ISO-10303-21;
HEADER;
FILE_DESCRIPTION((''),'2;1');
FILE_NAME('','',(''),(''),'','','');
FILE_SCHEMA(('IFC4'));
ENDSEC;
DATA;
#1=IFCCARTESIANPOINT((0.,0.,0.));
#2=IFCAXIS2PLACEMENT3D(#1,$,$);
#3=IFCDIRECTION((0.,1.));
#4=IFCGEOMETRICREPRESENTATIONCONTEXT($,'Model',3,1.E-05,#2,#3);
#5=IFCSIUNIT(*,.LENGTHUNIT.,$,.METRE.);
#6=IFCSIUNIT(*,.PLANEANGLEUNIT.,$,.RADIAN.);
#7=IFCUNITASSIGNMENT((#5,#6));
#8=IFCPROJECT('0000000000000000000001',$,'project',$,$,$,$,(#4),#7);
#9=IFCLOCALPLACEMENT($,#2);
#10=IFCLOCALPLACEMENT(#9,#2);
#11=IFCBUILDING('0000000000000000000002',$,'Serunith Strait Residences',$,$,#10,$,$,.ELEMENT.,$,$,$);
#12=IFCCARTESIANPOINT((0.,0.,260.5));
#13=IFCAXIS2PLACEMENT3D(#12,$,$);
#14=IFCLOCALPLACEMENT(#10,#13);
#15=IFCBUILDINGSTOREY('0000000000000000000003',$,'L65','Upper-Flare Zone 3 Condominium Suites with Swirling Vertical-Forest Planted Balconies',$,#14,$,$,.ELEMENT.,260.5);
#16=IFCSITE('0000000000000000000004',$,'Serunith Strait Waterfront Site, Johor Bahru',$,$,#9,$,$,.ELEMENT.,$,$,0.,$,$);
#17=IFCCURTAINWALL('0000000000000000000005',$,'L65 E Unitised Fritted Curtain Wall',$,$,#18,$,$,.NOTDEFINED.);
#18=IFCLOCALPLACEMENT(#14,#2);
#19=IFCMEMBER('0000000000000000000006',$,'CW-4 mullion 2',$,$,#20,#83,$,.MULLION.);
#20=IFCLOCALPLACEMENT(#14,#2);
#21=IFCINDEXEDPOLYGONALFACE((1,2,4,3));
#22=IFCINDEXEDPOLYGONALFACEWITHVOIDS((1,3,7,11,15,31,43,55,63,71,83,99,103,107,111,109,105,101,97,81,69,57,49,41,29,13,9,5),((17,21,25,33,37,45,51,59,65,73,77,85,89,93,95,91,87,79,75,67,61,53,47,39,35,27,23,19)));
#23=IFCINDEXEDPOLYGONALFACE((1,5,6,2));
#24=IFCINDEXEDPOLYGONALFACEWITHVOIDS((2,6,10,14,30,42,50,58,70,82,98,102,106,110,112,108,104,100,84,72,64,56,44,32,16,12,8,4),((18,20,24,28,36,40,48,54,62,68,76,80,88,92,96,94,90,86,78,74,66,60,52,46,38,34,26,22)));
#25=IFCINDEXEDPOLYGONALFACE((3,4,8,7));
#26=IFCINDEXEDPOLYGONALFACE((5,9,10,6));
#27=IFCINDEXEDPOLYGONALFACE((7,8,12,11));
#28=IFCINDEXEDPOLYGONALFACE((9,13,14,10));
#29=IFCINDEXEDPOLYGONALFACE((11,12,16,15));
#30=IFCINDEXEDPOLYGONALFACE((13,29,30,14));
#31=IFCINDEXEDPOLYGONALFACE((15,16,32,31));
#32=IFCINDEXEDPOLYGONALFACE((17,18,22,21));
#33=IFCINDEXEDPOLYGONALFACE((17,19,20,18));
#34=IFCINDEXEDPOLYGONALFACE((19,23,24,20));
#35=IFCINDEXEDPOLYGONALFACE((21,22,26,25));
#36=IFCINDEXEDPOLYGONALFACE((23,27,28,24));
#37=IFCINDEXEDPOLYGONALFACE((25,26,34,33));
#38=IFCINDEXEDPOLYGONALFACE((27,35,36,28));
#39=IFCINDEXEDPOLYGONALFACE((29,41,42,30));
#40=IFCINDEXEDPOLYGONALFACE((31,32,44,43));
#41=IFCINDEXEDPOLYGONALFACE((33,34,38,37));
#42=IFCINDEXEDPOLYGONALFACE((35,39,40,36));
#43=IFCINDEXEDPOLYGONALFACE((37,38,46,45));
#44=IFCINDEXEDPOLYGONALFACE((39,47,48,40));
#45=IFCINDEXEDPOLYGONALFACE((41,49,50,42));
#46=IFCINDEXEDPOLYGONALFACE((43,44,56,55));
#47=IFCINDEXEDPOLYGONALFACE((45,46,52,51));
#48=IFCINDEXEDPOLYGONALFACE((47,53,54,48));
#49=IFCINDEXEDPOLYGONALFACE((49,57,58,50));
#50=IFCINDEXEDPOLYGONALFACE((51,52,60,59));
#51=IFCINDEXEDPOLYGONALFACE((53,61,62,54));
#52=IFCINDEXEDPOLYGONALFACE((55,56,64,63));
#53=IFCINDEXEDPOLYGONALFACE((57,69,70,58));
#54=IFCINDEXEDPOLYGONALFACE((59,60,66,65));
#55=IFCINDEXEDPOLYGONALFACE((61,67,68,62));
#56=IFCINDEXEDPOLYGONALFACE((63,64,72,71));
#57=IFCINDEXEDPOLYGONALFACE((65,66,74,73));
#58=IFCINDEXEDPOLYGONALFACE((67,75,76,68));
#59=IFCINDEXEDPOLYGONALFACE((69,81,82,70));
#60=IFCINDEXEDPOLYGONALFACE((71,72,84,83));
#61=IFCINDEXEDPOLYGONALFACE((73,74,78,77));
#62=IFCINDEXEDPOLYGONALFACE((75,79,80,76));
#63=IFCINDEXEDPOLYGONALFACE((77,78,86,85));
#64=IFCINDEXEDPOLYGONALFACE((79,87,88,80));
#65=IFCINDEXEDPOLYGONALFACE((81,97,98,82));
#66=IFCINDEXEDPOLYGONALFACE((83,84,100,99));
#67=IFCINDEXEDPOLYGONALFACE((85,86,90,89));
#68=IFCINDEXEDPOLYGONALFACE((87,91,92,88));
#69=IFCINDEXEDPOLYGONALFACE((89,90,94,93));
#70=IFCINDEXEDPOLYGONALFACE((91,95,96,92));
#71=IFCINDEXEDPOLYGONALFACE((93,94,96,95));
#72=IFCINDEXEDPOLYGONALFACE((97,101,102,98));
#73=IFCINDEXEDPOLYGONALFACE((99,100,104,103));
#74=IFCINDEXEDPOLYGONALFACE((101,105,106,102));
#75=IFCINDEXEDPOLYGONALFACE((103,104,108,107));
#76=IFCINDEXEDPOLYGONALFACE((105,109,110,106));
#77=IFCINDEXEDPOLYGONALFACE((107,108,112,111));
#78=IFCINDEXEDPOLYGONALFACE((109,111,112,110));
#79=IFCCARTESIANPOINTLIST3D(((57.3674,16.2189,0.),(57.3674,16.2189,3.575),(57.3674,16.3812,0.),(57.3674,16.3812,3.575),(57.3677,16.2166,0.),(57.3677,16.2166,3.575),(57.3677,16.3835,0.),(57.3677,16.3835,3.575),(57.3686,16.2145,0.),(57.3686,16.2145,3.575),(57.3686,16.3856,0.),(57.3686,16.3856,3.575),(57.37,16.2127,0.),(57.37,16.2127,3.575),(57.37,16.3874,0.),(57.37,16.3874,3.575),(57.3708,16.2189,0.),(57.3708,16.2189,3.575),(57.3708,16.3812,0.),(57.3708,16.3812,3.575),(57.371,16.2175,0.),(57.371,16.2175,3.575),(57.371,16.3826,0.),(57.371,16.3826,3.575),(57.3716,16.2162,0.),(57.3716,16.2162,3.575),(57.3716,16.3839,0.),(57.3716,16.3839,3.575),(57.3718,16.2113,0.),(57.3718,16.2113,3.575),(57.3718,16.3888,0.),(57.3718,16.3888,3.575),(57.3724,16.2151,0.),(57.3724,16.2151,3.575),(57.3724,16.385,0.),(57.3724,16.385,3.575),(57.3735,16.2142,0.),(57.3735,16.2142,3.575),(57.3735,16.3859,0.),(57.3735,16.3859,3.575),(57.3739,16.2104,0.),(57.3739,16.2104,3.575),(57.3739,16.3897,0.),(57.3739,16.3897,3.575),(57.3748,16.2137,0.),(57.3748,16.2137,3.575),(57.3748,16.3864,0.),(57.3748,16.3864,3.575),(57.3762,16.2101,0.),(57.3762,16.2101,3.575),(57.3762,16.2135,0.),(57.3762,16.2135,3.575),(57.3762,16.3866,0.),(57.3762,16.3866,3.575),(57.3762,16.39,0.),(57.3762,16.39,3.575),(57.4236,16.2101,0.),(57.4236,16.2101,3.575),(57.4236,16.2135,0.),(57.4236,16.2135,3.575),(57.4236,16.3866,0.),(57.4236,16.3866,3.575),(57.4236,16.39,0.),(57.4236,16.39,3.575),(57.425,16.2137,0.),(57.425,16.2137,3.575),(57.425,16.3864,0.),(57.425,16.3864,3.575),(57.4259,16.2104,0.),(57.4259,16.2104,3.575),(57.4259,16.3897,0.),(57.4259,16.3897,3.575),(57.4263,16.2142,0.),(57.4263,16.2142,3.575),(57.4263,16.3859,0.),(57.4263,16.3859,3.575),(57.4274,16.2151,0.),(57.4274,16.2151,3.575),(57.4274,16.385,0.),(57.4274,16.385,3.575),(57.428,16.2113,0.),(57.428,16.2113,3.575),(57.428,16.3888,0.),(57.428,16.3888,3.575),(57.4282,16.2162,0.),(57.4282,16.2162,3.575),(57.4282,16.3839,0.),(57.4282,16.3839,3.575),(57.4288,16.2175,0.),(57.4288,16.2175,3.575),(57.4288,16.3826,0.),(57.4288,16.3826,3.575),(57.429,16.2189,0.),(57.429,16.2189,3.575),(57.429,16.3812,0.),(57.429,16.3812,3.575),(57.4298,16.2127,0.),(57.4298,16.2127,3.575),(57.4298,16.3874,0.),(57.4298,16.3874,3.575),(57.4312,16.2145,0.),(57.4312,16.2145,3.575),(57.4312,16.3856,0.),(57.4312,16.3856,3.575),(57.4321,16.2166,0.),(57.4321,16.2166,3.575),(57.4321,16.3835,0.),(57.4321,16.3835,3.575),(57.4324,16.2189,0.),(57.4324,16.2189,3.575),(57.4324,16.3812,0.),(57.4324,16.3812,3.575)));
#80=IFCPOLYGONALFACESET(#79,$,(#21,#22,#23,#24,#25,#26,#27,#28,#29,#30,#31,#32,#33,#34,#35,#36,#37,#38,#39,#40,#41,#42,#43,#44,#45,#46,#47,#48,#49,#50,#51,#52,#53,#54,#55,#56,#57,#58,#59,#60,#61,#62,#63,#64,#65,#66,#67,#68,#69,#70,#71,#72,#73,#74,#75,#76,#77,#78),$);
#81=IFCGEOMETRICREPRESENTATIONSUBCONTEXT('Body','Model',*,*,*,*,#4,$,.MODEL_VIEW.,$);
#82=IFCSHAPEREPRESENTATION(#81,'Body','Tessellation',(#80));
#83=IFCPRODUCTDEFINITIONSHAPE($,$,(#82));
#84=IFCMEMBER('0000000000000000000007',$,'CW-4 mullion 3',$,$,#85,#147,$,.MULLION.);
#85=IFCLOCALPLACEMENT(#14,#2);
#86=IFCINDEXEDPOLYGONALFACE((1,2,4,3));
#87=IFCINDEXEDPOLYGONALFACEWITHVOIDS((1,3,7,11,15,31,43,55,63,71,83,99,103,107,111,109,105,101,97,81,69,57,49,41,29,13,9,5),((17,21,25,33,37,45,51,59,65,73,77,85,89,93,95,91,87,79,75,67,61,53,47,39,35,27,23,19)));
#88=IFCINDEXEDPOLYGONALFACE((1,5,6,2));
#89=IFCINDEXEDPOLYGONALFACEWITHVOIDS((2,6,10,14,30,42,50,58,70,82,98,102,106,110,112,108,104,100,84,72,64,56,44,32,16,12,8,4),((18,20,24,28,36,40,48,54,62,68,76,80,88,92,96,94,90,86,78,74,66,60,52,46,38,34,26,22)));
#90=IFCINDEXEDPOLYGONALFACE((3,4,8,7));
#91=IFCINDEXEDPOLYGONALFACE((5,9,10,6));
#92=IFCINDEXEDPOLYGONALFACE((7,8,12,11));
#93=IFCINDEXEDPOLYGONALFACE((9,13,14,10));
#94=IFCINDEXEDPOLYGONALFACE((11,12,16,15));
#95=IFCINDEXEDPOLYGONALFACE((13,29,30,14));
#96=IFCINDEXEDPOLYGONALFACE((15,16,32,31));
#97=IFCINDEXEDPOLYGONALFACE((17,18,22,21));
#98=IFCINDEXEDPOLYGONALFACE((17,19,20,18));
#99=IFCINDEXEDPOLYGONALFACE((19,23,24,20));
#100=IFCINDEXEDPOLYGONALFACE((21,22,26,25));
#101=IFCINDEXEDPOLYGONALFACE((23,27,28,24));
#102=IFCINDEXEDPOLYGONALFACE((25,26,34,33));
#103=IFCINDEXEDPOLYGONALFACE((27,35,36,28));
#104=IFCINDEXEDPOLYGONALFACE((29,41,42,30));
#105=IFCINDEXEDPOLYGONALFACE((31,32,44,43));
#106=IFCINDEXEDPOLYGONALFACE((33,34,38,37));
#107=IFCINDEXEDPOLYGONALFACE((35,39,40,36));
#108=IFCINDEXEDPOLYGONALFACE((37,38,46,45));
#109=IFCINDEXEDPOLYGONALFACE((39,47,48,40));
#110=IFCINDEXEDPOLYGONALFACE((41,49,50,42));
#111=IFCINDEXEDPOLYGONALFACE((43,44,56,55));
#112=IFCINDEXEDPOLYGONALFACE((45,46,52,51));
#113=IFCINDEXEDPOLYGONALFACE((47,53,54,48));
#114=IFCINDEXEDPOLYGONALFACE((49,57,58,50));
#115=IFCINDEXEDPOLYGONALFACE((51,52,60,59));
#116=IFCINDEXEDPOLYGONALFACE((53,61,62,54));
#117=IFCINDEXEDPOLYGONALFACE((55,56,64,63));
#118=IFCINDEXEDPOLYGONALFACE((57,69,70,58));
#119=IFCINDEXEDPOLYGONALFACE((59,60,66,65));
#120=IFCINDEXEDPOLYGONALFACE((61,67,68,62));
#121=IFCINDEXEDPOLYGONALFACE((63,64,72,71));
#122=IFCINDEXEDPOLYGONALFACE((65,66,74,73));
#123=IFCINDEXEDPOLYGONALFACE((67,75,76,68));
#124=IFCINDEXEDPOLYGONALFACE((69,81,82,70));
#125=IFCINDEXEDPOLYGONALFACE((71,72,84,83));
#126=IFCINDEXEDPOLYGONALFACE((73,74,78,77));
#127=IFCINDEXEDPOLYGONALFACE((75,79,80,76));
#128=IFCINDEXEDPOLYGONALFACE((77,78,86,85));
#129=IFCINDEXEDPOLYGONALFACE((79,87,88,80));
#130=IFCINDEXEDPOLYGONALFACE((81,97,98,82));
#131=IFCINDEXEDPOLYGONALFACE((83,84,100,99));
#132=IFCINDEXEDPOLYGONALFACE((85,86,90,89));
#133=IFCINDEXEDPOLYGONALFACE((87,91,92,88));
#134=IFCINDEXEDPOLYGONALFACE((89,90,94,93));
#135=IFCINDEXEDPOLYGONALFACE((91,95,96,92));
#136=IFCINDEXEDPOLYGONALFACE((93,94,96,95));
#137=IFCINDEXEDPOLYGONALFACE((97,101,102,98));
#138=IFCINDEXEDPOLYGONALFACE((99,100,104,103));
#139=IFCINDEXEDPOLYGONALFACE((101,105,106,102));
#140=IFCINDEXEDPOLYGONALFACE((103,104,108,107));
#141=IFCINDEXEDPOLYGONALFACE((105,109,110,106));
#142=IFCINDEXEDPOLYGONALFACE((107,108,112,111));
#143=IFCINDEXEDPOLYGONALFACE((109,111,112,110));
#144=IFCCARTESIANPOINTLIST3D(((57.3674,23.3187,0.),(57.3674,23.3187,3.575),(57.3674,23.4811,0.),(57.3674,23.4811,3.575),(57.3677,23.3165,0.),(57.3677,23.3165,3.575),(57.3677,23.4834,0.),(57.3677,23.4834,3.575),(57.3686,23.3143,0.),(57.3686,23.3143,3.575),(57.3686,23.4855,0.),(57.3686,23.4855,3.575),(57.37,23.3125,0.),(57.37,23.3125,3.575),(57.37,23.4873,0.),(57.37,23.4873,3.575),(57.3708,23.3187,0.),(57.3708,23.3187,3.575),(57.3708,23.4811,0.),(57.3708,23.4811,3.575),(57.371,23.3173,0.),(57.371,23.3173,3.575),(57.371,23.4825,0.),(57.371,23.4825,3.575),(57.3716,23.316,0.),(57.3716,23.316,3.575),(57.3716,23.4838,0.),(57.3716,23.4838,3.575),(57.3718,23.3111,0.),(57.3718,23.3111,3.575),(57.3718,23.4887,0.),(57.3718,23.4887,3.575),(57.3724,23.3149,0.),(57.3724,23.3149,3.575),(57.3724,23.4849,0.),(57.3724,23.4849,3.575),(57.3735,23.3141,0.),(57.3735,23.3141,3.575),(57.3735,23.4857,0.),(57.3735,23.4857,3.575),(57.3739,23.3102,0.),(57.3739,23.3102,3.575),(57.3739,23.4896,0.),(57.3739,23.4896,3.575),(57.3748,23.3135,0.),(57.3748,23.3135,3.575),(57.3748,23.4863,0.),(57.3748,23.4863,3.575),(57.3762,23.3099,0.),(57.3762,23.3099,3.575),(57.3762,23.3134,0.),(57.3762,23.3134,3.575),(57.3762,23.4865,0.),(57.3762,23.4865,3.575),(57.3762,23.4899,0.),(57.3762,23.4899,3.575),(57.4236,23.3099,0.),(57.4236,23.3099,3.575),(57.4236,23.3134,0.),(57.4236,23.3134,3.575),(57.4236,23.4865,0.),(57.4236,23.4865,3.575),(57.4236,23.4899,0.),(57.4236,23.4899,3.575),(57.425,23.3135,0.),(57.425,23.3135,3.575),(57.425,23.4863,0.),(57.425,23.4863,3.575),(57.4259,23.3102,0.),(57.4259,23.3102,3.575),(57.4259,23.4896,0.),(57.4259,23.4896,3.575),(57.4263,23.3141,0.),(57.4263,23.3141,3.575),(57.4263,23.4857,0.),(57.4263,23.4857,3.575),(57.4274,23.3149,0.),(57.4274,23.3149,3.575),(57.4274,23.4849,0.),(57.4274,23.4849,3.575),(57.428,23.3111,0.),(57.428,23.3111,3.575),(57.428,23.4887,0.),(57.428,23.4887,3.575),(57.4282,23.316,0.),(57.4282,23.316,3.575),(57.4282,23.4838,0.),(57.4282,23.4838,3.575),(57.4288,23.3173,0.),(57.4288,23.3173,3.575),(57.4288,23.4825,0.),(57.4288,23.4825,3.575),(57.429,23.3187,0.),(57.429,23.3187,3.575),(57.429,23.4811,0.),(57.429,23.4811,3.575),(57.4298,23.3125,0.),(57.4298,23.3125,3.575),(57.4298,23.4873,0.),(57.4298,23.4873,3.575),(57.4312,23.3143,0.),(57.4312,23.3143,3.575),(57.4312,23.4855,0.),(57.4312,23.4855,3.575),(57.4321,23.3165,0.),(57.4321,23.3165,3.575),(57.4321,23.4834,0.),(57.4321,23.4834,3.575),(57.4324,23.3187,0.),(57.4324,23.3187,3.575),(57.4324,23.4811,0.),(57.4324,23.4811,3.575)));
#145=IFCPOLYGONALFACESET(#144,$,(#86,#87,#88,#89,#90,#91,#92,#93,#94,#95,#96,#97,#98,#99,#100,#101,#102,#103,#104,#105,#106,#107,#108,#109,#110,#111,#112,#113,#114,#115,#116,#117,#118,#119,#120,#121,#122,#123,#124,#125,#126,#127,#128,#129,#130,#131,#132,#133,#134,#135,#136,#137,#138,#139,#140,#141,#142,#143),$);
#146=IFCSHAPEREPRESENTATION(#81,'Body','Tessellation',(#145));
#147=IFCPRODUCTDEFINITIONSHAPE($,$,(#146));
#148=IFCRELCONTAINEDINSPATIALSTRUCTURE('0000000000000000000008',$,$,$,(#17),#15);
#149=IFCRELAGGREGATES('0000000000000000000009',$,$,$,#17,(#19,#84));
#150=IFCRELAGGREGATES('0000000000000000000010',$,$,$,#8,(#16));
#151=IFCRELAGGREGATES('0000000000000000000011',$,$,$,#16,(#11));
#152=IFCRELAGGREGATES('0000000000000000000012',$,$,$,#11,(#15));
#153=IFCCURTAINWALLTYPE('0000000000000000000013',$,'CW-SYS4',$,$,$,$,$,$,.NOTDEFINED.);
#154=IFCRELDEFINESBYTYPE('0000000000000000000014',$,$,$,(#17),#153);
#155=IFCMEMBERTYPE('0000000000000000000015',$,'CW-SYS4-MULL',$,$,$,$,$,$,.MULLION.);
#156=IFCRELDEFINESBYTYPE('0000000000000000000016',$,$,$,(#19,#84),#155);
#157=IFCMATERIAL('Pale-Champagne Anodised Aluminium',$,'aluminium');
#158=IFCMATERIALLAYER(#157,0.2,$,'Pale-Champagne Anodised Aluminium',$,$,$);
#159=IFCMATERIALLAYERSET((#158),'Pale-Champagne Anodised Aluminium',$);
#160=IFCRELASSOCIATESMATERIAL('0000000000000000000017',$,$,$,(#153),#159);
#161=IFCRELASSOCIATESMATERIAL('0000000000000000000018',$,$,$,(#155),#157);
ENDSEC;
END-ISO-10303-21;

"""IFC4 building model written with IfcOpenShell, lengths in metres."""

from ifc_helpers import new_model, si_unit, direction, frame, origin, origin_2d, place, context, subcontext, project, spatial, hollow_rectangle, extrude, source, transform, mapped, material, layer, layer_set, material_profile, profile_set, type_object, element, aggregate, save


model = new_model("IFC4")

# Units and contexts
model_context = context("Model", 3, precision=1e-05, world=origin(), true_north=direction((0.0, 1.0)))
body_context = subcontext(model_context, "Body", "Model", "MODEL_VIEW")
ifc_project = project(units=[si_unit("LENGTHUNIT", "METRE"), si_unit("PLANEANGLEUNIT", "RADIAN")], contexts=[model_context])

# Site, building, storey
site_placement = place(None, origin())
site = spatial("IfcSite", under=ifc_project, at=site_placement, Name="Serunith Strait Waterfront Site, Johor Bahru", CompositionType="ELEMENT", RefElevation=0.0)
building_placement = place(site_placement, origin())
building = spatial("IfcBuilding", under=site, at=building_placement, Name="Serunith Strait Residences", CompositionType="ELEMENT")
storey_placement = place(building_placement, frame((0.0, 0.0, 260.5)))
storey = spatial("IfcBuildingStorey", under=building, at=storey_placement, Name="L65", Description="Upper-Flare Zone 3 Condominium Suites with Swirling Vertical-Forest Planted Balconies", CompositionType="ELEMENT", Elevation=260.5)

# Curtain wall, members
ifc_material_1 = material(Name="Pale-Champagne Anodised Aluminium", Category="aluminium")
ifc_layer_1 = layer(ifc_material_1, 0.2, Name="Pale-Champagne Anodised Aluminium")
ifc_layer_set_1 = layer_set([ifc_layer_1], Name="Pale-Champagne Anodised Aluminium")
curtain_wall_type = type_object("IfcCurtainWallType", Name="CW-SYS4", PredefinedType="NOTDEFINED", material=ifc_layer_set_1)
curtain_wall_placement = place(storey_placement, origin())
curtain_wall = element("IfcCurtainWall", 1, at=curtain_wall_placement, inside=storey, type_object=curtain_wall_type, Name="L65 E Unitised Fritted Curtain Wall", PredefinedType="NOTDEFINED")
ifc_material_profile_1 = material_profile(ifc_material_1, hollow_rectangle(XDim=0.0649, YDim=0.1799, WallThickness=0.0034, InnerFilletRadius=0.0054, OuterFilletRadius=0.0088, at=origin_2d()), Name="ALU 180x65x3.5")
ifc_profile_set_1 = profile_set([ifc_material_profile_1], Name="Pale-Champagne Anodised Aluminium")
member_type_1 = type_object("IfcMemberType", Name="CW-SYS4-MULL", PredefinedType="MULLION", material=ifc_profile_set_1)
shared_shape_1 = source(origin(), body_context, "Body", "SweptSolid", [
    extrude(hollow_rectangle(XDim=0.0649, YDim=0.1799, WallThickness=0.0034, InnerFilletRadius=0.0054, OuterFilletRadius=0.0088, at=origin_2d()), origin(), (0.0, 0.0, 1.0), 3.575),
])
member_1_placement = place(storey_placement, frame((57.3999, 16.3, 0.0), z_axis=(0.0, 0.0, 1.0), x_axis=(-1.0, 0.0, 0.0)))
member_1 = element("IfcMember", 2, at=member_1_placement, type_object=member_type_1, Name="CW-4 mullion 2", PredefinedType="MULLION", context=body_context, shape_type="MappedRepresentation", body=[
    mapped(shared_shape_1, transform((0.0, 0.0, 0.0), scale=1.0)),
])
member_2_placement = place(storey_placement, frame((57.3999, 23.3999, 0.0), z_axis=(0.0, 0.0, 1.0), x_axis=(-1.0, 0.0, 0.0)))
member_2 = element("IfcMember", 3, at=member_2_placement, type_object=member_type_1, Name="CW-4 mullion 3", PredefinedType="MULLION", context=body_context, shape_type="MappedRepresentation", body=[
    mapped(shared_shape_1, transform((0.0, 0.0, 0.0), scale=1.0)),
])
aggregate(curtain_wall, [member_1, member_2])

save(model, "model.ifc")
